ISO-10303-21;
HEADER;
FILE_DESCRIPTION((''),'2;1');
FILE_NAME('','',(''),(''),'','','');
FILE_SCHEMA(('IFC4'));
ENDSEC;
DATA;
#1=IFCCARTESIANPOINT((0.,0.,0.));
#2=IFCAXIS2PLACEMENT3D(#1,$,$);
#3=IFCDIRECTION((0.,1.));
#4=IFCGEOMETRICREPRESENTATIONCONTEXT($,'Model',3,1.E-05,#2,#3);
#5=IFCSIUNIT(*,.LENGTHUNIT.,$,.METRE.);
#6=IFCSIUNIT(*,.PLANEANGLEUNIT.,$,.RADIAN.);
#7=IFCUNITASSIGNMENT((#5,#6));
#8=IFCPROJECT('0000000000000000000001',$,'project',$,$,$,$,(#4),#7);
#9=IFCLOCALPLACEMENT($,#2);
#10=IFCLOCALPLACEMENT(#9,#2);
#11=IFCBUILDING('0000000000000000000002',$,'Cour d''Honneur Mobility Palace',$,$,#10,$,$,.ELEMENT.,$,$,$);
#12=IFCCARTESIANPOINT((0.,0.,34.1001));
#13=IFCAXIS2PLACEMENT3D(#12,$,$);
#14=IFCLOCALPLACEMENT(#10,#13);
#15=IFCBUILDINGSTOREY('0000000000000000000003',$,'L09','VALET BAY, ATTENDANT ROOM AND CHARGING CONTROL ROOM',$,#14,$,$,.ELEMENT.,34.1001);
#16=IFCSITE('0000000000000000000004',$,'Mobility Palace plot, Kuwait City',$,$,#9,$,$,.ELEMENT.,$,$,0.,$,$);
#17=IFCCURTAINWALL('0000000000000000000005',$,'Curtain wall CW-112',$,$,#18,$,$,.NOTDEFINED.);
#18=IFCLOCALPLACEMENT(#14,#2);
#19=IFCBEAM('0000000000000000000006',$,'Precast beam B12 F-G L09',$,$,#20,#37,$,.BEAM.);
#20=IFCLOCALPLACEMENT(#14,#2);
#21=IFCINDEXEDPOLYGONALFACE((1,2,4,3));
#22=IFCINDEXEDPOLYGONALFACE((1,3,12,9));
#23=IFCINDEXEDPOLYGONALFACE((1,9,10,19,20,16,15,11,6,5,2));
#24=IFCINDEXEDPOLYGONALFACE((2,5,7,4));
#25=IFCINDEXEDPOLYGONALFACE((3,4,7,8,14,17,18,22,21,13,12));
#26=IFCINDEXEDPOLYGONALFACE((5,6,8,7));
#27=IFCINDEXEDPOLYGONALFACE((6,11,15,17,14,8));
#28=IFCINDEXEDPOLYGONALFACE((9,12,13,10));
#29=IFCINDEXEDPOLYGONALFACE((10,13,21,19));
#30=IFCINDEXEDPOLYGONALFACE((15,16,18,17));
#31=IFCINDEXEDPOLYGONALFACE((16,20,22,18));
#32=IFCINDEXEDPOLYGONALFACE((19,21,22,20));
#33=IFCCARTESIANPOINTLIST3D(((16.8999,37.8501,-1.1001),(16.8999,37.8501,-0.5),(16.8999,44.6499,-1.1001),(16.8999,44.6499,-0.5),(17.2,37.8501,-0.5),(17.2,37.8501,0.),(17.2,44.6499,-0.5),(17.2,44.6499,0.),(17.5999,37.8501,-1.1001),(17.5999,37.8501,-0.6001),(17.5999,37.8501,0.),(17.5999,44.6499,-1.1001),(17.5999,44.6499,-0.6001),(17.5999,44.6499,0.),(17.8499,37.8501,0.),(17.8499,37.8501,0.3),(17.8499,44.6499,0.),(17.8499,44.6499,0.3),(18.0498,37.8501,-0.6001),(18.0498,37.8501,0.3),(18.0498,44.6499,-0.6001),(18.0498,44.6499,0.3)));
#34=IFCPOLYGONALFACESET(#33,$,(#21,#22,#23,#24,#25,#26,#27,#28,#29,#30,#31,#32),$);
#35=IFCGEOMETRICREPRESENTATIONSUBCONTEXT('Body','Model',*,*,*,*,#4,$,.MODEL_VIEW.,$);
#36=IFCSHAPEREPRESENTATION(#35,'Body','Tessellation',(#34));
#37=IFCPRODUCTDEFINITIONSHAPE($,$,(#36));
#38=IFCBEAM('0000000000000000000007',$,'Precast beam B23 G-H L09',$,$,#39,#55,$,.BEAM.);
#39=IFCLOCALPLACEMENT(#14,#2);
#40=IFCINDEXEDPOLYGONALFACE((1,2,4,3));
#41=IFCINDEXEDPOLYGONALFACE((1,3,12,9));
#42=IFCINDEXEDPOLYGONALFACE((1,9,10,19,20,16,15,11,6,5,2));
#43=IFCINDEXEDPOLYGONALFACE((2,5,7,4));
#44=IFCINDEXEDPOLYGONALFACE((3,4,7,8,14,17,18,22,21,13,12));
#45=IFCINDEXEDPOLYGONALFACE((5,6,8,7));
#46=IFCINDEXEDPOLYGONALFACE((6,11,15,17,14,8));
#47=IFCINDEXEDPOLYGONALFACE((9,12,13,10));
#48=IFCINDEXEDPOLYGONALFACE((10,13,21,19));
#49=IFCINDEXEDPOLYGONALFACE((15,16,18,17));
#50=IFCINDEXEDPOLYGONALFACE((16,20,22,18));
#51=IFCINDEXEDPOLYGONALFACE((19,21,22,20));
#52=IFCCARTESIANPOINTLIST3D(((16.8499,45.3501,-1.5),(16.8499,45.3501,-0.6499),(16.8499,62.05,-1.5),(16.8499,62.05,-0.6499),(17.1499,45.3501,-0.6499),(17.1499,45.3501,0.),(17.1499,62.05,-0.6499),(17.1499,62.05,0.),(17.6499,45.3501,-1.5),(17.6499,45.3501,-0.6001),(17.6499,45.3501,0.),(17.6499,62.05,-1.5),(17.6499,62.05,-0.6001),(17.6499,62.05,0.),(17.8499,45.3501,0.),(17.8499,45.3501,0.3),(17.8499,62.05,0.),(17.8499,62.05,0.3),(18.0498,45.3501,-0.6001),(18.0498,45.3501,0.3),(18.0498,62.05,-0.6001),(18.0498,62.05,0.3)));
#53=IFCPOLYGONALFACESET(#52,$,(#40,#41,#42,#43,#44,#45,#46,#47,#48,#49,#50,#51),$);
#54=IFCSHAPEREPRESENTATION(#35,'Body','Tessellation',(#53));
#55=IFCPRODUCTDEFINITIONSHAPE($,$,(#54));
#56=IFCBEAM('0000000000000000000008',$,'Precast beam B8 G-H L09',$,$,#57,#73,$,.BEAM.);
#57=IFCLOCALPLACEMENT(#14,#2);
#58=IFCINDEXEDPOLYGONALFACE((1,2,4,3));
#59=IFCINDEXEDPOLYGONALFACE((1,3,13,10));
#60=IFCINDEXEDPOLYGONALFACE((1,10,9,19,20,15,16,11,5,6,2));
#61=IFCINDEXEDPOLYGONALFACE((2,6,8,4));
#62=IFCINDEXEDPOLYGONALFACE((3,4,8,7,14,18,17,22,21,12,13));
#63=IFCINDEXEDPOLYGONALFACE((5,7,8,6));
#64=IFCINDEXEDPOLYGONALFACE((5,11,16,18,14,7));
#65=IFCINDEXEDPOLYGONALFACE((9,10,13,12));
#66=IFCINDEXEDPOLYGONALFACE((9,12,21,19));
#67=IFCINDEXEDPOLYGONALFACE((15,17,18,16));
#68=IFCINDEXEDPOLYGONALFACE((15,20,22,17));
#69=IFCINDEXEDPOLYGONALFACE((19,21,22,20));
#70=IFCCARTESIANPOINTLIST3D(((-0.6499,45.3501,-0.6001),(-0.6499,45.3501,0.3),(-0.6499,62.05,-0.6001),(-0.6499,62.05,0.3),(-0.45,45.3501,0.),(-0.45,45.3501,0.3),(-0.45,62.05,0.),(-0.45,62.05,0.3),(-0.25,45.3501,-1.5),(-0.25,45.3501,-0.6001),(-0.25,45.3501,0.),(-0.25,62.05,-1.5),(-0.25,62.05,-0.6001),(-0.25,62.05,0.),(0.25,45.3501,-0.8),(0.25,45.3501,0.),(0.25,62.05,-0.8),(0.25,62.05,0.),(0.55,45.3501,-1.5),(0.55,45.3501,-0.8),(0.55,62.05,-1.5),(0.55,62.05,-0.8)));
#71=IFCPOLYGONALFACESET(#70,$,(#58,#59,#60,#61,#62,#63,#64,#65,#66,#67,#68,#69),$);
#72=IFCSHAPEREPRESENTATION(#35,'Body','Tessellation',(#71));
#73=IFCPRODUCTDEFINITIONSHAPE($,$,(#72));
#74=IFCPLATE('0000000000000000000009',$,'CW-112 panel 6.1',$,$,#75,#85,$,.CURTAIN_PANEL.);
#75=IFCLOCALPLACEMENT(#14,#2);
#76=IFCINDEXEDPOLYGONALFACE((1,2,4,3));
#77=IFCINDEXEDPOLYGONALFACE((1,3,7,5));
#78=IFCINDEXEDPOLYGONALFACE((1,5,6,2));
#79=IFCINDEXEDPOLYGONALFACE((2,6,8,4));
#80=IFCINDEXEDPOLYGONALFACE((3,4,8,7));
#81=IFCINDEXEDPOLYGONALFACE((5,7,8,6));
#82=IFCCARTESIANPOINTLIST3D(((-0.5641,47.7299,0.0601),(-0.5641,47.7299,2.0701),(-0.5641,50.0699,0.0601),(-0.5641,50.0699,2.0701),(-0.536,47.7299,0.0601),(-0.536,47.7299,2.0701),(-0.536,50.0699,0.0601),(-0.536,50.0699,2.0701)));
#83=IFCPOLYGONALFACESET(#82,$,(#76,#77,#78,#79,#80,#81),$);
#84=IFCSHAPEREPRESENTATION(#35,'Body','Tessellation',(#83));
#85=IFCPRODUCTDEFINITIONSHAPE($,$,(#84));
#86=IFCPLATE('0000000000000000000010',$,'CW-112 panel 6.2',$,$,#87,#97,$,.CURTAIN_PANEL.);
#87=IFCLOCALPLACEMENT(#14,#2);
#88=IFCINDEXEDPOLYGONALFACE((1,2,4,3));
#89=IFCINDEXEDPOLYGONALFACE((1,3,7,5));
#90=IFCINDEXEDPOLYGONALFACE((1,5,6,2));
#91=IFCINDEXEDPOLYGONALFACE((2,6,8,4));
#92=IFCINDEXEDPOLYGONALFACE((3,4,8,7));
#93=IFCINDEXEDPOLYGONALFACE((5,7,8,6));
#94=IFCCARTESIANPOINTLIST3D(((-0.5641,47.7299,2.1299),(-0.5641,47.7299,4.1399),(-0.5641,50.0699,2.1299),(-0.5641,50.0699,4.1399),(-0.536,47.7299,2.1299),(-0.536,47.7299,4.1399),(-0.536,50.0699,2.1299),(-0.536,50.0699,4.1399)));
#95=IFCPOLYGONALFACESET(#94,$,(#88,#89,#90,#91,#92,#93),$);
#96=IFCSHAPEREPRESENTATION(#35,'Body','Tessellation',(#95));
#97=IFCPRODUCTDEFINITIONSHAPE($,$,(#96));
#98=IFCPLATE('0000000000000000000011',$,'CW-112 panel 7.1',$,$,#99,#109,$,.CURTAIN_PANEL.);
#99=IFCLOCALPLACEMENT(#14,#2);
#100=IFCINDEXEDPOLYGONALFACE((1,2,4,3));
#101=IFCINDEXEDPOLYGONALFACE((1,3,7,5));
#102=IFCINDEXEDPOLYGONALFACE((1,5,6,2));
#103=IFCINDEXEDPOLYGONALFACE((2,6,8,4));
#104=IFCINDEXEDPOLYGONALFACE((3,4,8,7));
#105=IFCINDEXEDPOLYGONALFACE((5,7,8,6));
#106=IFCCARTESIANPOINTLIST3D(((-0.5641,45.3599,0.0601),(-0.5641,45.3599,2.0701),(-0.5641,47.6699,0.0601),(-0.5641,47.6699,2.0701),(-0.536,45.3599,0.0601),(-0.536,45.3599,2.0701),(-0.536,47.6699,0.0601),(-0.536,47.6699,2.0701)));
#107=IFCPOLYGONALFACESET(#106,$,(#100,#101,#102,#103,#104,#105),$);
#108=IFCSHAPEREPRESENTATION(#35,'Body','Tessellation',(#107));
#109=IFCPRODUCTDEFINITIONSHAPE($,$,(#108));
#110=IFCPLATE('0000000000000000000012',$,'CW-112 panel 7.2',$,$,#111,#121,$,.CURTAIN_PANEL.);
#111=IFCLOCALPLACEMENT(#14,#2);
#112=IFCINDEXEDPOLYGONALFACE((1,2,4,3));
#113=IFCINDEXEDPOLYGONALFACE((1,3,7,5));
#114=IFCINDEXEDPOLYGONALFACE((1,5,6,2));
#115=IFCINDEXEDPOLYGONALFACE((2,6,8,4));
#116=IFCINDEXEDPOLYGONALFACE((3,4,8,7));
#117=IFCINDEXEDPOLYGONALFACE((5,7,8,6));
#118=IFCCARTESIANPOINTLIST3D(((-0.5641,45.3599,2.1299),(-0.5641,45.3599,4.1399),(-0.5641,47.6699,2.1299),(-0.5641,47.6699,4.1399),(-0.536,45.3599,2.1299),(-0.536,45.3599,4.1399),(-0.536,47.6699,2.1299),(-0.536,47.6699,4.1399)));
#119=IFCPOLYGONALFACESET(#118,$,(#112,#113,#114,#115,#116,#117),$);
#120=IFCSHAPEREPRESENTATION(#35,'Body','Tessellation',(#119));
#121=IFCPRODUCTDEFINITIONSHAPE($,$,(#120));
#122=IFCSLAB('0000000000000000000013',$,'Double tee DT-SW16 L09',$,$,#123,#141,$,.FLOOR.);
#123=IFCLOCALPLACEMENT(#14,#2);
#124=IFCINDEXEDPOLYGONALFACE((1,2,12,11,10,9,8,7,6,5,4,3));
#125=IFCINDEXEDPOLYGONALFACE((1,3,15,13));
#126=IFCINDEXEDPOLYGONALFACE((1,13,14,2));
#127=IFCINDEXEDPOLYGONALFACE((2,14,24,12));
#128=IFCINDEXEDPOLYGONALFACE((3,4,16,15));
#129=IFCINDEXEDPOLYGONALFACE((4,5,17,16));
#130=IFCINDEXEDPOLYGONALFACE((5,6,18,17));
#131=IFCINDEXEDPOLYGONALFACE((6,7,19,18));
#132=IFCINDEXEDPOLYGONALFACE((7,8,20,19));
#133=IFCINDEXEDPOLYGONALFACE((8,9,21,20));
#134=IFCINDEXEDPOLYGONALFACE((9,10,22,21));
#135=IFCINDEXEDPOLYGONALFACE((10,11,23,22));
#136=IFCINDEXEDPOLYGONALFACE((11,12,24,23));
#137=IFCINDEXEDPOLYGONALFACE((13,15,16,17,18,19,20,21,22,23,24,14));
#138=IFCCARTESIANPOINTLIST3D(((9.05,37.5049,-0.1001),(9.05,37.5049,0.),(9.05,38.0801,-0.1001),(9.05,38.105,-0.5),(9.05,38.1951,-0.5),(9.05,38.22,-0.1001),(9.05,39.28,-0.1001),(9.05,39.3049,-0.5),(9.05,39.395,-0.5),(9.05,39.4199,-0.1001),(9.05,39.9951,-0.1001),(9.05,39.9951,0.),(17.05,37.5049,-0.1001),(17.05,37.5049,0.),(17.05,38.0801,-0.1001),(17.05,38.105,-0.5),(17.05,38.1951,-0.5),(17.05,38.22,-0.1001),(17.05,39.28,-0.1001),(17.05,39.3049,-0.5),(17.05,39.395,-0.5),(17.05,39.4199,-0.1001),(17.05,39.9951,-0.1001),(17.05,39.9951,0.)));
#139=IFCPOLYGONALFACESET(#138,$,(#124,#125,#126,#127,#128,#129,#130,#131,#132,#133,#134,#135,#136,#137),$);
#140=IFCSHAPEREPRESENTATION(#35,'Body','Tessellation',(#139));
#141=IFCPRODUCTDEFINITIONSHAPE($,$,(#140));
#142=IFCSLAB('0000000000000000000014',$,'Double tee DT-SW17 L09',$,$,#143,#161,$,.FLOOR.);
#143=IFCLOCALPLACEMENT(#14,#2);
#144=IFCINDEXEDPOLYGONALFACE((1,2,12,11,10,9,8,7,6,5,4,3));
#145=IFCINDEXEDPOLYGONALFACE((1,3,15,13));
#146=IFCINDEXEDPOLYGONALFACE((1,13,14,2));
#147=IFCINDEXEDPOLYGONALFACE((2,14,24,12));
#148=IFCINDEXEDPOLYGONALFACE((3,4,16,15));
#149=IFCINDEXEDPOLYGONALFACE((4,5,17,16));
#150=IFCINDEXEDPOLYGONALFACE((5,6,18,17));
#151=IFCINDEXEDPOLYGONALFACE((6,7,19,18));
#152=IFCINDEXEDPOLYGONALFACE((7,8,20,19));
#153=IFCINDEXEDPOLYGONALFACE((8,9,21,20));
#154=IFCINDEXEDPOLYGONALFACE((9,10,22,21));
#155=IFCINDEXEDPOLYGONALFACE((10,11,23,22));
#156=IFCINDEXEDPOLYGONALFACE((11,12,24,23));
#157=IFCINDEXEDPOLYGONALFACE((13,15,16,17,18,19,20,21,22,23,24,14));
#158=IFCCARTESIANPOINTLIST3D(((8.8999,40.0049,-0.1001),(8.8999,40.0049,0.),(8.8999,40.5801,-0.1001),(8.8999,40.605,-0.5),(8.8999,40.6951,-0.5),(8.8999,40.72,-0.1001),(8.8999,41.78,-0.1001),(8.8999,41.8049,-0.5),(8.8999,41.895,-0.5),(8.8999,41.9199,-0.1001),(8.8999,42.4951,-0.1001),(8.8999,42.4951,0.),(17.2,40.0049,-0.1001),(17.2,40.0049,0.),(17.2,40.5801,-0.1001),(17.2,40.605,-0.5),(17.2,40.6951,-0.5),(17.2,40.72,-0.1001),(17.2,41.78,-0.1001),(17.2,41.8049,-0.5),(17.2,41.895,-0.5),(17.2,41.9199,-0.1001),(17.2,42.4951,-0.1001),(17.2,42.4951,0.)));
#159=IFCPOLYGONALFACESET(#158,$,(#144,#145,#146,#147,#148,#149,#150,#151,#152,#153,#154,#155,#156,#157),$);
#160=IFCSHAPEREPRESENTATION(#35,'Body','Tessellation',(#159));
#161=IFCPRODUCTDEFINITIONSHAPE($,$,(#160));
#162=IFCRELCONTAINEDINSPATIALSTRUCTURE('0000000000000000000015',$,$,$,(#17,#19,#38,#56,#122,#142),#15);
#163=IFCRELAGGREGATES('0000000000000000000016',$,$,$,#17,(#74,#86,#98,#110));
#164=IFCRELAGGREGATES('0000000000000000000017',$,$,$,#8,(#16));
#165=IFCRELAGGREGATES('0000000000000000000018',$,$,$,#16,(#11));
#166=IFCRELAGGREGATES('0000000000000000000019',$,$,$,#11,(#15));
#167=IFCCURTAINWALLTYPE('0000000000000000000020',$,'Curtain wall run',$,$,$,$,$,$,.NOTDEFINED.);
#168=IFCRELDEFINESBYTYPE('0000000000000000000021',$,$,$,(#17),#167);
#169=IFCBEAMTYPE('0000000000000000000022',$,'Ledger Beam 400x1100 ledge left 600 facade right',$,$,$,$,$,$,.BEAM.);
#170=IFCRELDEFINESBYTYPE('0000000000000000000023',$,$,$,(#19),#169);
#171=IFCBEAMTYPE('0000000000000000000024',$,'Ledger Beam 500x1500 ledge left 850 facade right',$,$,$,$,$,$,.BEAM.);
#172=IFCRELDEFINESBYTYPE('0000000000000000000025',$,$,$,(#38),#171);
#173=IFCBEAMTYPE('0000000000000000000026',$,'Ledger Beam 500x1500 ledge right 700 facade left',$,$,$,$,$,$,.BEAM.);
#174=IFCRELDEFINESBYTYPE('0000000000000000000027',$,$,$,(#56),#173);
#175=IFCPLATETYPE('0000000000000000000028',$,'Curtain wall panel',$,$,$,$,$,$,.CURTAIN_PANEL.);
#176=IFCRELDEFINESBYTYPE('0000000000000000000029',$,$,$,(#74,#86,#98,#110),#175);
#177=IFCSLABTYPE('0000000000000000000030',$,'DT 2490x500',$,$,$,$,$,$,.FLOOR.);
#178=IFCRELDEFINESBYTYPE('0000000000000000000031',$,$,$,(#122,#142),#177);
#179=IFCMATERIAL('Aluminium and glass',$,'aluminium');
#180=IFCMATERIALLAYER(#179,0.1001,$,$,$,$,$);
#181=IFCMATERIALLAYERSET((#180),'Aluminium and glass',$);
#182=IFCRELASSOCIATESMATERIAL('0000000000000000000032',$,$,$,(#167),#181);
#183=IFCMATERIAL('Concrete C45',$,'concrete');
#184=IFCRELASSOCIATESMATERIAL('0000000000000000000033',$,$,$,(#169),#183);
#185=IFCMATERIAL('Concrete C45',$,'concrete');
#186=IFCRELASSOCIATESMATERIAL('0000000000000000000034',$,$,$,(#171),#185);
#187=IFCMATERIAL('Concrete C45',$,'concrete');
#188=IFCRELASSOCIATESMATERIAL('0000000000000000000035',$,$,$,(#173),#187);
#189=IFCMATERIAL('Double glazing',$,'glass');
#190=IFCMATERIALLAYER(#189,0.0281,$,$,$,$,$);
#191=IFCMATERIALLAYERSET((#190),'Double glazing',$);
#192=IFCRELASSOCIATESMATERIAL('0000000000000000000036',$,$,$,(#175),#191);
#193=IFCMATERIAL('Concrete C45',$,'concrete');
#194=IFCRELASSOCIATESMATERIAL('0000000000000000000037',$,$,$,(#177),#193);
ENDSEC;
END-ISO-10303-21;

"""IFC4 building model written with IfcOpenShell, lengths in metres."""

from ifc_helpers import new_model, si_unit, direction, frame, origin, origin_2d, place, context, subcontext, project, spatial, polyline, rectangle, outline, extrude, material, layer, layer_set, material_profile, profile_set, type_object, element, aggregate, save


model = new_model("IFC4")

# Units and contexts
model_context = context("Model", 3, precision=1e-05, world=origin(), true_north=direction((0.0, 1.0)))
body_context = subcontext(model_context, "Body", "Model", "MODEL_VIEW")
ifc_project = project(units=[si_unit("LENGTHUNIT", "METRE"), si_unit("PLANEANGLEUNIT", "RADIAN")], contexts=[model_context])

# Site, building, storey
site_placement = place(None, origin())
site = spatial("IfcSite", under=ifc_project, at=site_placement, Name="Mobility Palace plot, Kuwait City", CompositionType="ELEMENT", RefElevation=0.0)
building_placement = place(site_placement, origin())
building = spatial("IfcBuilding", under=site, at=building_placement, Name="Cour d'Honneur Mobility Palace", CompositionType="ELEMENT")
storey_placement = place(building_placement, frame((0.0, 0.0, 34.1001)))
storey = spatial("IfcBuildingStorey", under=building, at=storey_placement, Name="L09", Description="VALET BAY, ATTENDANT ROOM AND CHARGING CONTROL ROOM", CompositionType="ELEMENT", Elevation=34.1001)

# Curtain wall
ifc_material_1 = material(Name="Aluminium and glass", Category="aluminium")
ifc_layer_1 = layer(ifc_material_1, 0.1001)
ifc_layer_set_1 = layer_set([ifc_layer_1], Name="Aluminium and glass")
curtain_wall_type = type_object("IfcCurtainWallType", Name="Curtain wall run", PredefinedType="NOTDEFINED", material=ifc_layer_set_1)
curtain_wall_placement = place(storey_placement, origin())
curtain_wall = element("IfcCurtainWall", 1, at=curtain_wall_placement, inside=storey, type_object=curtain_wall_type, Name="Curtain wall CW-112", PredefinedType="NOTDEFINED")

# Beams
ifc_material_2 = material(Name="Concrete C45", Category="concrete")
ifc_material_profile_1 = material_profile(ifc_material_2, outline(polyline([(0.5, -1.1001), (0.5, -0.5), (0.2, -0.5), (0.2, 0.0), (-0.2, 0.0), (-0.45, 0.0), (-0.45, 0.3), (-0.6499, 0.3), (-0.6499, -0.6001), (-0.2, -0.6001), (-0.2, -1.1001), (0.5, -1.1001)])), Name="Ledger Beam 400x1100 ledge left 600 facade right")
ifc_profile_set_1 = profile_set([ifc_material_profile_1], Name="Concrete C45")
beam_type_1 = type_object("IfcBeamType", Name="Ledger Beam 400x1100 ledge left 600 facade right", PredefinedType="BEAM", material=ifc_profile_set_1)
beam_1_placement = place(storey_placement, frame((17.3999, 37.8501, 0.0), z_axis=(0.0, 1.0, 0.0), x_axis=(-1.0, 0.0, 0.0)))
element("IfcBeam", 2, at=beam_1_placement, inside=storey, type_object=beam_type_1, Name="Precast beam B12 F-G L09", PredefinedType="BEAM", context=body_context, shape_type="SweptSolid", body=[
    extrude(outline(polyline([(0.5, -1.1001), (0.5, -0.5), (0.2, -0.5), (0.2, 0.0), (-0.2, 0.0), (-0.45, 0.0), (-0.45, 0.3), (-0.6499, 0.3), (-0.6499, -0.6001), (-0.2, -0.6001), (-0.2, -1.1001), (0.5, -1.1001)])), origin(), (0.0, 0.0, 1.0), 6.7998),
])
ifc_material_3 = material(Name="Concrete C45", Category="concrete")
ifc_material_profile_2 = material_profile(ifc_material_3, outline(polyline([(0.55, -1.5), (0.55, -0.6499), (0.25, -0.6499), (0.25, 0.0), (-0.25, 0.0), (-0.45, 0.0), (-0.45, 0.3), (-0.6499, 0.3), (-0.6499, -0.6001), (-0.25, -0.6001), (-0.25, -1.5), (0.55, -1.5)])), Name="Ledger Beam 500x1500 ledge left 850 facade right")
ifc_profile_set_2 = profile_set([ifc_material_profile_2], Name="Concrete C45")
beam_type_2 = type_object("IfcBeamType", Name="Ledger Beam 500x1500 ledge left 850 facade right", PredefinedType="BEAM", material=ifc_profile_set_2)
beam_2_placement = place(storey_placement, frame((17.3999, 45.3501, 0.0), z_axis=(0.0, 1.0, 0.0), x_axis=(-1.0, 0.0, 0.0)))
element("IfcBeam", 3, at=beam_2_placement, inside=storey, type_object=beam_type_2, Name="Precast beam B23 G-H L09", PredefinedType="BEAM", context=body_context, shape_type="SweptSolid", body=[
    extrude(outline(polyline([(0.55, -1.5), (0.55, -0.6499), (0.25, -0.6499), (0.25, 0.0), (-0.25, 0.0), (-0.45, 0.0), (-0.45, 0.3), (-0.6499, 0.3), (-0.6499, -0.6001), (-0.25, -0.6001), (-0.25, -1.5), (0.55, -1.5)])), origin(), (0.0, 0.0, 1.0), 16.7),
])
ifc_material_4 = material(Name="Concrete C45", Category="concrete")
ifc_material_profile_3 = material_profile(ifc_material_4, outline(polyline([(0.25, -1.5), (0.25, -0.6001), (0.6499, -0.6001), (0.6499, 0.3), (0.45, 0.3), (0.45, 0.0), (0.25, 0.0), (-0.25, 0.0), (-0.25, -0.8), (-0.55, -0.8), (-0.55, -1.5), (0.25, -1.5)])), Name="Ledger Beam 500x1500 ledge right 700 facade left")
ifc_profile_set_3 = profile_set([ifc_material_profile_3], Name="Concrete C45")
beam_type_3 = type_object("IfcBeamType", Name="Ledger Beam 500x1500 ledge right 700 facade left", PredefinedType="BEAM", material=ifc_profile_set_3)
beam_3_placement = place(storey_placement, frame((0.0, 45.3501, 0.0), z_axis=(0.0, 1.0, 0.0), x_axis=(-1.0, 0.0, 0.0)))
element("IfcBeam", 4, at=beam_3_placement, inside=storey, type_object=beam_type_3, Name="Precast beam B8 G-H L09", PredefinedType="BEAM", context=body_context, shape_type="SweptSolid", body=[
    extrude(outline(polyline([(0.25, -1.5), (0.25, -0.6001), (0.6499, -0.6001), (0.6499, 0.3), (0.45, 0.3), (0.45, 0.0), (0.25, 0.0), (-0.25, 0.0), (-0.25, -0.8), (-0.55, -0.8), (-0.55, -1.5), (0.25, -1.5)])), origin(), (0.0, 0.0, 1.0), 16.7),
])

# Plates
ifc_material_5 = material(Name="Double glazing", Category="glass")
ifc_layer_2 = layer(ifc_material_5, 0.0281)
ifc_layer_set_2 = layer_set([ifc_layer_2], Name="Double glazing")
plate_type = type_object("IfcPlateType", Name="Curtain wall panel", PredefinedType="CURTAIN_PANEL", material=ifc_layer_set_2)
plate_1_placement = place(storey_placement, frame((-0.55, 48.8999, 0.0601), z_axis=(0.0, 0.0, 1.0), x_axis=(0.0, -1.0, 0.0)))
plate_1 = element("IfcPlate", 5, at=plate_1_placement, type_object=plate_type, Name="CW-112 panel 6.1", PredefinedType="CURTAIN_PANEL", context=body_context, shape_type="SweptSolid", body=[
    extrude(rectangle(XDim=2.3401, YDim=0.0281, at=origin_2d()), origin(), (0.0, 0.0, 1.0), 2.01),
])
plate_2_placement = place(storey_placement, frame((-0.55, 48.8999, 2.1299), z_axis=(0.0, 0.0, 1.0), x_axis=(0.0, -1.0, 0.0)))
plate_2 = element("IfcPlate", 6, at=plate_2_placement, type_object=plate_type, Name="CW-112 panel 6.2", PredefinedType="CURTAIN_PANEL", context=body_context, shape_type="SweptSolid", body=[
    extrude(rectangle(XDim=2.3401, YDim=0.0281, at=origin_2d()), origin(), (0.0, 0.0, 1.0), 2.01),
])
plate_3_placement = place(storey_placement, frame((-0.55, 46.5149, 0.0601), z_axis=(0.0, 0.0, 1.0), x_axis=(0.0, -1.0, 0.0)))
plate_3 = element("IfcPlate", 7, at=plate_3_placement, type_object=plate_type, Name="CW-112 panel 7.1", PredefinedType="CURTAIN_PANEL", context=body_context, shape_type="SweptSolid", body=[
    extrude(rectangle(XDim=2.3101, YDim=0.0281, at=origin_2d()), origin(), (0.0, 0.0, 1.0), 2.01),
])
plate_4_placement = place(storey_placement, frame((-0.55, 46.5149, 2.1299), z_axis=(0.0, 0.0, 1.0), x_axis=(0.0, -1.0, 0.0)))
plate_4 = element("IfcPlate", 8, at=plate_4_placement, type_object=plate_type, Name="CW-112 panel 7.2", PredefinedType="CURTAIN_PANEL", context=body_context, shape_type="SweptSolid", body=[
    extrude(rectangle(XDim=2.3101, YDim=0.0281, at=origin_2d()), origin(), (0.0, 0.0, 1.0), 2.01),
])
aggregate(curtain_wall, [plate_1, plate_2, plate_3, plate_4])

# Slabs
ifc_material_6 = material(Name="Concrete C45", Category="concrete")
ifc_material_profile_4 = material_profile(ifc_material_6, outline(polyline([(-1.2451, 0.0), (1.2451, 0.0), (1.2451, -0.1001), (0.6699, -0.1001), (0.645, -0.5), (0.5549, -0.5), (0.53, -0.1001), (-0.53, -0.1001), (-0.5549, -0.5), (-0.645, -0.5), (-0.6699, -0.1001), (-1.2451, -0.1001), (-1.2451, 0.0)])), Name="DT 2490x500")
ifc_profile_set_4 = profile_set([ifc_material_profile_4], Name="Concrete C45")
slab_type_1 = type_object("IfcSlabType", Name="DT 2490x500", PredefinedType="FLOOR", material=ifc_profile_set_4)
slab_1_placement = place(storey_placement, frame((9.05, 38.75, 0.0), z_axis=(1.0, 0.0, 0.0), x_axis=(0.0, 1.0, 0.0)))
element("IfcSlab", 9, at=slab_1_placement, inside=storey, type_object=slab_type_1, Name="Double tee DT-SW16 L09", PredefinedType="FLOOR", context=body_context, shape_type="SweptSolid", body=[
    extrude(outline(polyline([(-1.2451, 0.0), (1.2451, 0.0), (1.2451, -0.1001), (0.6699, -0.1001), (0.645, -0.5), (0.5549, -0.5), (0.53, -0.1001), (-0.53, -0.1001), (-0.5549, -0.5), (-0.645, -0.5), (-0.6699, -0.1001), (-1.2451, -0.1001), (-1.2451, 0.0)])), origin(), (0.0, 0.0, 1.0), 8.0),
])
slab_2_placement = place(storey_placement, frame((8.8999, 41.25, 0.0), z_axis=(1.0, 0.0, 0.0), x_axis=(0.0, 1.0, 0.0)))
element("IfcSlab", 10, at=slab_2_placement, inside=storey, type_object=slab_type_1, Name="Double tee DT-SW17 L09", PredefinedType="FLOOR", context=body_context, shape_type="SweptSolid", body=[
    extrude(outline(polyline([(-1.2451, 0.0), (1.2451, 0.0), (1.2451, -0.1001), (0.6699, -0.1001), (0.645, -0.5), (0.5549, -0.5), (0.53, -0.1001), (-0.53, -0.1001), (-0.5549, -0.5), (-0.645, -0.5), (-0.6699, -0.1001), (-1.2451, -0.1001), (-1.2451, 0.0)])), origin(), (0.0, 0.0, 1.0), 8.3),
])

save(model, "model.ifc")
